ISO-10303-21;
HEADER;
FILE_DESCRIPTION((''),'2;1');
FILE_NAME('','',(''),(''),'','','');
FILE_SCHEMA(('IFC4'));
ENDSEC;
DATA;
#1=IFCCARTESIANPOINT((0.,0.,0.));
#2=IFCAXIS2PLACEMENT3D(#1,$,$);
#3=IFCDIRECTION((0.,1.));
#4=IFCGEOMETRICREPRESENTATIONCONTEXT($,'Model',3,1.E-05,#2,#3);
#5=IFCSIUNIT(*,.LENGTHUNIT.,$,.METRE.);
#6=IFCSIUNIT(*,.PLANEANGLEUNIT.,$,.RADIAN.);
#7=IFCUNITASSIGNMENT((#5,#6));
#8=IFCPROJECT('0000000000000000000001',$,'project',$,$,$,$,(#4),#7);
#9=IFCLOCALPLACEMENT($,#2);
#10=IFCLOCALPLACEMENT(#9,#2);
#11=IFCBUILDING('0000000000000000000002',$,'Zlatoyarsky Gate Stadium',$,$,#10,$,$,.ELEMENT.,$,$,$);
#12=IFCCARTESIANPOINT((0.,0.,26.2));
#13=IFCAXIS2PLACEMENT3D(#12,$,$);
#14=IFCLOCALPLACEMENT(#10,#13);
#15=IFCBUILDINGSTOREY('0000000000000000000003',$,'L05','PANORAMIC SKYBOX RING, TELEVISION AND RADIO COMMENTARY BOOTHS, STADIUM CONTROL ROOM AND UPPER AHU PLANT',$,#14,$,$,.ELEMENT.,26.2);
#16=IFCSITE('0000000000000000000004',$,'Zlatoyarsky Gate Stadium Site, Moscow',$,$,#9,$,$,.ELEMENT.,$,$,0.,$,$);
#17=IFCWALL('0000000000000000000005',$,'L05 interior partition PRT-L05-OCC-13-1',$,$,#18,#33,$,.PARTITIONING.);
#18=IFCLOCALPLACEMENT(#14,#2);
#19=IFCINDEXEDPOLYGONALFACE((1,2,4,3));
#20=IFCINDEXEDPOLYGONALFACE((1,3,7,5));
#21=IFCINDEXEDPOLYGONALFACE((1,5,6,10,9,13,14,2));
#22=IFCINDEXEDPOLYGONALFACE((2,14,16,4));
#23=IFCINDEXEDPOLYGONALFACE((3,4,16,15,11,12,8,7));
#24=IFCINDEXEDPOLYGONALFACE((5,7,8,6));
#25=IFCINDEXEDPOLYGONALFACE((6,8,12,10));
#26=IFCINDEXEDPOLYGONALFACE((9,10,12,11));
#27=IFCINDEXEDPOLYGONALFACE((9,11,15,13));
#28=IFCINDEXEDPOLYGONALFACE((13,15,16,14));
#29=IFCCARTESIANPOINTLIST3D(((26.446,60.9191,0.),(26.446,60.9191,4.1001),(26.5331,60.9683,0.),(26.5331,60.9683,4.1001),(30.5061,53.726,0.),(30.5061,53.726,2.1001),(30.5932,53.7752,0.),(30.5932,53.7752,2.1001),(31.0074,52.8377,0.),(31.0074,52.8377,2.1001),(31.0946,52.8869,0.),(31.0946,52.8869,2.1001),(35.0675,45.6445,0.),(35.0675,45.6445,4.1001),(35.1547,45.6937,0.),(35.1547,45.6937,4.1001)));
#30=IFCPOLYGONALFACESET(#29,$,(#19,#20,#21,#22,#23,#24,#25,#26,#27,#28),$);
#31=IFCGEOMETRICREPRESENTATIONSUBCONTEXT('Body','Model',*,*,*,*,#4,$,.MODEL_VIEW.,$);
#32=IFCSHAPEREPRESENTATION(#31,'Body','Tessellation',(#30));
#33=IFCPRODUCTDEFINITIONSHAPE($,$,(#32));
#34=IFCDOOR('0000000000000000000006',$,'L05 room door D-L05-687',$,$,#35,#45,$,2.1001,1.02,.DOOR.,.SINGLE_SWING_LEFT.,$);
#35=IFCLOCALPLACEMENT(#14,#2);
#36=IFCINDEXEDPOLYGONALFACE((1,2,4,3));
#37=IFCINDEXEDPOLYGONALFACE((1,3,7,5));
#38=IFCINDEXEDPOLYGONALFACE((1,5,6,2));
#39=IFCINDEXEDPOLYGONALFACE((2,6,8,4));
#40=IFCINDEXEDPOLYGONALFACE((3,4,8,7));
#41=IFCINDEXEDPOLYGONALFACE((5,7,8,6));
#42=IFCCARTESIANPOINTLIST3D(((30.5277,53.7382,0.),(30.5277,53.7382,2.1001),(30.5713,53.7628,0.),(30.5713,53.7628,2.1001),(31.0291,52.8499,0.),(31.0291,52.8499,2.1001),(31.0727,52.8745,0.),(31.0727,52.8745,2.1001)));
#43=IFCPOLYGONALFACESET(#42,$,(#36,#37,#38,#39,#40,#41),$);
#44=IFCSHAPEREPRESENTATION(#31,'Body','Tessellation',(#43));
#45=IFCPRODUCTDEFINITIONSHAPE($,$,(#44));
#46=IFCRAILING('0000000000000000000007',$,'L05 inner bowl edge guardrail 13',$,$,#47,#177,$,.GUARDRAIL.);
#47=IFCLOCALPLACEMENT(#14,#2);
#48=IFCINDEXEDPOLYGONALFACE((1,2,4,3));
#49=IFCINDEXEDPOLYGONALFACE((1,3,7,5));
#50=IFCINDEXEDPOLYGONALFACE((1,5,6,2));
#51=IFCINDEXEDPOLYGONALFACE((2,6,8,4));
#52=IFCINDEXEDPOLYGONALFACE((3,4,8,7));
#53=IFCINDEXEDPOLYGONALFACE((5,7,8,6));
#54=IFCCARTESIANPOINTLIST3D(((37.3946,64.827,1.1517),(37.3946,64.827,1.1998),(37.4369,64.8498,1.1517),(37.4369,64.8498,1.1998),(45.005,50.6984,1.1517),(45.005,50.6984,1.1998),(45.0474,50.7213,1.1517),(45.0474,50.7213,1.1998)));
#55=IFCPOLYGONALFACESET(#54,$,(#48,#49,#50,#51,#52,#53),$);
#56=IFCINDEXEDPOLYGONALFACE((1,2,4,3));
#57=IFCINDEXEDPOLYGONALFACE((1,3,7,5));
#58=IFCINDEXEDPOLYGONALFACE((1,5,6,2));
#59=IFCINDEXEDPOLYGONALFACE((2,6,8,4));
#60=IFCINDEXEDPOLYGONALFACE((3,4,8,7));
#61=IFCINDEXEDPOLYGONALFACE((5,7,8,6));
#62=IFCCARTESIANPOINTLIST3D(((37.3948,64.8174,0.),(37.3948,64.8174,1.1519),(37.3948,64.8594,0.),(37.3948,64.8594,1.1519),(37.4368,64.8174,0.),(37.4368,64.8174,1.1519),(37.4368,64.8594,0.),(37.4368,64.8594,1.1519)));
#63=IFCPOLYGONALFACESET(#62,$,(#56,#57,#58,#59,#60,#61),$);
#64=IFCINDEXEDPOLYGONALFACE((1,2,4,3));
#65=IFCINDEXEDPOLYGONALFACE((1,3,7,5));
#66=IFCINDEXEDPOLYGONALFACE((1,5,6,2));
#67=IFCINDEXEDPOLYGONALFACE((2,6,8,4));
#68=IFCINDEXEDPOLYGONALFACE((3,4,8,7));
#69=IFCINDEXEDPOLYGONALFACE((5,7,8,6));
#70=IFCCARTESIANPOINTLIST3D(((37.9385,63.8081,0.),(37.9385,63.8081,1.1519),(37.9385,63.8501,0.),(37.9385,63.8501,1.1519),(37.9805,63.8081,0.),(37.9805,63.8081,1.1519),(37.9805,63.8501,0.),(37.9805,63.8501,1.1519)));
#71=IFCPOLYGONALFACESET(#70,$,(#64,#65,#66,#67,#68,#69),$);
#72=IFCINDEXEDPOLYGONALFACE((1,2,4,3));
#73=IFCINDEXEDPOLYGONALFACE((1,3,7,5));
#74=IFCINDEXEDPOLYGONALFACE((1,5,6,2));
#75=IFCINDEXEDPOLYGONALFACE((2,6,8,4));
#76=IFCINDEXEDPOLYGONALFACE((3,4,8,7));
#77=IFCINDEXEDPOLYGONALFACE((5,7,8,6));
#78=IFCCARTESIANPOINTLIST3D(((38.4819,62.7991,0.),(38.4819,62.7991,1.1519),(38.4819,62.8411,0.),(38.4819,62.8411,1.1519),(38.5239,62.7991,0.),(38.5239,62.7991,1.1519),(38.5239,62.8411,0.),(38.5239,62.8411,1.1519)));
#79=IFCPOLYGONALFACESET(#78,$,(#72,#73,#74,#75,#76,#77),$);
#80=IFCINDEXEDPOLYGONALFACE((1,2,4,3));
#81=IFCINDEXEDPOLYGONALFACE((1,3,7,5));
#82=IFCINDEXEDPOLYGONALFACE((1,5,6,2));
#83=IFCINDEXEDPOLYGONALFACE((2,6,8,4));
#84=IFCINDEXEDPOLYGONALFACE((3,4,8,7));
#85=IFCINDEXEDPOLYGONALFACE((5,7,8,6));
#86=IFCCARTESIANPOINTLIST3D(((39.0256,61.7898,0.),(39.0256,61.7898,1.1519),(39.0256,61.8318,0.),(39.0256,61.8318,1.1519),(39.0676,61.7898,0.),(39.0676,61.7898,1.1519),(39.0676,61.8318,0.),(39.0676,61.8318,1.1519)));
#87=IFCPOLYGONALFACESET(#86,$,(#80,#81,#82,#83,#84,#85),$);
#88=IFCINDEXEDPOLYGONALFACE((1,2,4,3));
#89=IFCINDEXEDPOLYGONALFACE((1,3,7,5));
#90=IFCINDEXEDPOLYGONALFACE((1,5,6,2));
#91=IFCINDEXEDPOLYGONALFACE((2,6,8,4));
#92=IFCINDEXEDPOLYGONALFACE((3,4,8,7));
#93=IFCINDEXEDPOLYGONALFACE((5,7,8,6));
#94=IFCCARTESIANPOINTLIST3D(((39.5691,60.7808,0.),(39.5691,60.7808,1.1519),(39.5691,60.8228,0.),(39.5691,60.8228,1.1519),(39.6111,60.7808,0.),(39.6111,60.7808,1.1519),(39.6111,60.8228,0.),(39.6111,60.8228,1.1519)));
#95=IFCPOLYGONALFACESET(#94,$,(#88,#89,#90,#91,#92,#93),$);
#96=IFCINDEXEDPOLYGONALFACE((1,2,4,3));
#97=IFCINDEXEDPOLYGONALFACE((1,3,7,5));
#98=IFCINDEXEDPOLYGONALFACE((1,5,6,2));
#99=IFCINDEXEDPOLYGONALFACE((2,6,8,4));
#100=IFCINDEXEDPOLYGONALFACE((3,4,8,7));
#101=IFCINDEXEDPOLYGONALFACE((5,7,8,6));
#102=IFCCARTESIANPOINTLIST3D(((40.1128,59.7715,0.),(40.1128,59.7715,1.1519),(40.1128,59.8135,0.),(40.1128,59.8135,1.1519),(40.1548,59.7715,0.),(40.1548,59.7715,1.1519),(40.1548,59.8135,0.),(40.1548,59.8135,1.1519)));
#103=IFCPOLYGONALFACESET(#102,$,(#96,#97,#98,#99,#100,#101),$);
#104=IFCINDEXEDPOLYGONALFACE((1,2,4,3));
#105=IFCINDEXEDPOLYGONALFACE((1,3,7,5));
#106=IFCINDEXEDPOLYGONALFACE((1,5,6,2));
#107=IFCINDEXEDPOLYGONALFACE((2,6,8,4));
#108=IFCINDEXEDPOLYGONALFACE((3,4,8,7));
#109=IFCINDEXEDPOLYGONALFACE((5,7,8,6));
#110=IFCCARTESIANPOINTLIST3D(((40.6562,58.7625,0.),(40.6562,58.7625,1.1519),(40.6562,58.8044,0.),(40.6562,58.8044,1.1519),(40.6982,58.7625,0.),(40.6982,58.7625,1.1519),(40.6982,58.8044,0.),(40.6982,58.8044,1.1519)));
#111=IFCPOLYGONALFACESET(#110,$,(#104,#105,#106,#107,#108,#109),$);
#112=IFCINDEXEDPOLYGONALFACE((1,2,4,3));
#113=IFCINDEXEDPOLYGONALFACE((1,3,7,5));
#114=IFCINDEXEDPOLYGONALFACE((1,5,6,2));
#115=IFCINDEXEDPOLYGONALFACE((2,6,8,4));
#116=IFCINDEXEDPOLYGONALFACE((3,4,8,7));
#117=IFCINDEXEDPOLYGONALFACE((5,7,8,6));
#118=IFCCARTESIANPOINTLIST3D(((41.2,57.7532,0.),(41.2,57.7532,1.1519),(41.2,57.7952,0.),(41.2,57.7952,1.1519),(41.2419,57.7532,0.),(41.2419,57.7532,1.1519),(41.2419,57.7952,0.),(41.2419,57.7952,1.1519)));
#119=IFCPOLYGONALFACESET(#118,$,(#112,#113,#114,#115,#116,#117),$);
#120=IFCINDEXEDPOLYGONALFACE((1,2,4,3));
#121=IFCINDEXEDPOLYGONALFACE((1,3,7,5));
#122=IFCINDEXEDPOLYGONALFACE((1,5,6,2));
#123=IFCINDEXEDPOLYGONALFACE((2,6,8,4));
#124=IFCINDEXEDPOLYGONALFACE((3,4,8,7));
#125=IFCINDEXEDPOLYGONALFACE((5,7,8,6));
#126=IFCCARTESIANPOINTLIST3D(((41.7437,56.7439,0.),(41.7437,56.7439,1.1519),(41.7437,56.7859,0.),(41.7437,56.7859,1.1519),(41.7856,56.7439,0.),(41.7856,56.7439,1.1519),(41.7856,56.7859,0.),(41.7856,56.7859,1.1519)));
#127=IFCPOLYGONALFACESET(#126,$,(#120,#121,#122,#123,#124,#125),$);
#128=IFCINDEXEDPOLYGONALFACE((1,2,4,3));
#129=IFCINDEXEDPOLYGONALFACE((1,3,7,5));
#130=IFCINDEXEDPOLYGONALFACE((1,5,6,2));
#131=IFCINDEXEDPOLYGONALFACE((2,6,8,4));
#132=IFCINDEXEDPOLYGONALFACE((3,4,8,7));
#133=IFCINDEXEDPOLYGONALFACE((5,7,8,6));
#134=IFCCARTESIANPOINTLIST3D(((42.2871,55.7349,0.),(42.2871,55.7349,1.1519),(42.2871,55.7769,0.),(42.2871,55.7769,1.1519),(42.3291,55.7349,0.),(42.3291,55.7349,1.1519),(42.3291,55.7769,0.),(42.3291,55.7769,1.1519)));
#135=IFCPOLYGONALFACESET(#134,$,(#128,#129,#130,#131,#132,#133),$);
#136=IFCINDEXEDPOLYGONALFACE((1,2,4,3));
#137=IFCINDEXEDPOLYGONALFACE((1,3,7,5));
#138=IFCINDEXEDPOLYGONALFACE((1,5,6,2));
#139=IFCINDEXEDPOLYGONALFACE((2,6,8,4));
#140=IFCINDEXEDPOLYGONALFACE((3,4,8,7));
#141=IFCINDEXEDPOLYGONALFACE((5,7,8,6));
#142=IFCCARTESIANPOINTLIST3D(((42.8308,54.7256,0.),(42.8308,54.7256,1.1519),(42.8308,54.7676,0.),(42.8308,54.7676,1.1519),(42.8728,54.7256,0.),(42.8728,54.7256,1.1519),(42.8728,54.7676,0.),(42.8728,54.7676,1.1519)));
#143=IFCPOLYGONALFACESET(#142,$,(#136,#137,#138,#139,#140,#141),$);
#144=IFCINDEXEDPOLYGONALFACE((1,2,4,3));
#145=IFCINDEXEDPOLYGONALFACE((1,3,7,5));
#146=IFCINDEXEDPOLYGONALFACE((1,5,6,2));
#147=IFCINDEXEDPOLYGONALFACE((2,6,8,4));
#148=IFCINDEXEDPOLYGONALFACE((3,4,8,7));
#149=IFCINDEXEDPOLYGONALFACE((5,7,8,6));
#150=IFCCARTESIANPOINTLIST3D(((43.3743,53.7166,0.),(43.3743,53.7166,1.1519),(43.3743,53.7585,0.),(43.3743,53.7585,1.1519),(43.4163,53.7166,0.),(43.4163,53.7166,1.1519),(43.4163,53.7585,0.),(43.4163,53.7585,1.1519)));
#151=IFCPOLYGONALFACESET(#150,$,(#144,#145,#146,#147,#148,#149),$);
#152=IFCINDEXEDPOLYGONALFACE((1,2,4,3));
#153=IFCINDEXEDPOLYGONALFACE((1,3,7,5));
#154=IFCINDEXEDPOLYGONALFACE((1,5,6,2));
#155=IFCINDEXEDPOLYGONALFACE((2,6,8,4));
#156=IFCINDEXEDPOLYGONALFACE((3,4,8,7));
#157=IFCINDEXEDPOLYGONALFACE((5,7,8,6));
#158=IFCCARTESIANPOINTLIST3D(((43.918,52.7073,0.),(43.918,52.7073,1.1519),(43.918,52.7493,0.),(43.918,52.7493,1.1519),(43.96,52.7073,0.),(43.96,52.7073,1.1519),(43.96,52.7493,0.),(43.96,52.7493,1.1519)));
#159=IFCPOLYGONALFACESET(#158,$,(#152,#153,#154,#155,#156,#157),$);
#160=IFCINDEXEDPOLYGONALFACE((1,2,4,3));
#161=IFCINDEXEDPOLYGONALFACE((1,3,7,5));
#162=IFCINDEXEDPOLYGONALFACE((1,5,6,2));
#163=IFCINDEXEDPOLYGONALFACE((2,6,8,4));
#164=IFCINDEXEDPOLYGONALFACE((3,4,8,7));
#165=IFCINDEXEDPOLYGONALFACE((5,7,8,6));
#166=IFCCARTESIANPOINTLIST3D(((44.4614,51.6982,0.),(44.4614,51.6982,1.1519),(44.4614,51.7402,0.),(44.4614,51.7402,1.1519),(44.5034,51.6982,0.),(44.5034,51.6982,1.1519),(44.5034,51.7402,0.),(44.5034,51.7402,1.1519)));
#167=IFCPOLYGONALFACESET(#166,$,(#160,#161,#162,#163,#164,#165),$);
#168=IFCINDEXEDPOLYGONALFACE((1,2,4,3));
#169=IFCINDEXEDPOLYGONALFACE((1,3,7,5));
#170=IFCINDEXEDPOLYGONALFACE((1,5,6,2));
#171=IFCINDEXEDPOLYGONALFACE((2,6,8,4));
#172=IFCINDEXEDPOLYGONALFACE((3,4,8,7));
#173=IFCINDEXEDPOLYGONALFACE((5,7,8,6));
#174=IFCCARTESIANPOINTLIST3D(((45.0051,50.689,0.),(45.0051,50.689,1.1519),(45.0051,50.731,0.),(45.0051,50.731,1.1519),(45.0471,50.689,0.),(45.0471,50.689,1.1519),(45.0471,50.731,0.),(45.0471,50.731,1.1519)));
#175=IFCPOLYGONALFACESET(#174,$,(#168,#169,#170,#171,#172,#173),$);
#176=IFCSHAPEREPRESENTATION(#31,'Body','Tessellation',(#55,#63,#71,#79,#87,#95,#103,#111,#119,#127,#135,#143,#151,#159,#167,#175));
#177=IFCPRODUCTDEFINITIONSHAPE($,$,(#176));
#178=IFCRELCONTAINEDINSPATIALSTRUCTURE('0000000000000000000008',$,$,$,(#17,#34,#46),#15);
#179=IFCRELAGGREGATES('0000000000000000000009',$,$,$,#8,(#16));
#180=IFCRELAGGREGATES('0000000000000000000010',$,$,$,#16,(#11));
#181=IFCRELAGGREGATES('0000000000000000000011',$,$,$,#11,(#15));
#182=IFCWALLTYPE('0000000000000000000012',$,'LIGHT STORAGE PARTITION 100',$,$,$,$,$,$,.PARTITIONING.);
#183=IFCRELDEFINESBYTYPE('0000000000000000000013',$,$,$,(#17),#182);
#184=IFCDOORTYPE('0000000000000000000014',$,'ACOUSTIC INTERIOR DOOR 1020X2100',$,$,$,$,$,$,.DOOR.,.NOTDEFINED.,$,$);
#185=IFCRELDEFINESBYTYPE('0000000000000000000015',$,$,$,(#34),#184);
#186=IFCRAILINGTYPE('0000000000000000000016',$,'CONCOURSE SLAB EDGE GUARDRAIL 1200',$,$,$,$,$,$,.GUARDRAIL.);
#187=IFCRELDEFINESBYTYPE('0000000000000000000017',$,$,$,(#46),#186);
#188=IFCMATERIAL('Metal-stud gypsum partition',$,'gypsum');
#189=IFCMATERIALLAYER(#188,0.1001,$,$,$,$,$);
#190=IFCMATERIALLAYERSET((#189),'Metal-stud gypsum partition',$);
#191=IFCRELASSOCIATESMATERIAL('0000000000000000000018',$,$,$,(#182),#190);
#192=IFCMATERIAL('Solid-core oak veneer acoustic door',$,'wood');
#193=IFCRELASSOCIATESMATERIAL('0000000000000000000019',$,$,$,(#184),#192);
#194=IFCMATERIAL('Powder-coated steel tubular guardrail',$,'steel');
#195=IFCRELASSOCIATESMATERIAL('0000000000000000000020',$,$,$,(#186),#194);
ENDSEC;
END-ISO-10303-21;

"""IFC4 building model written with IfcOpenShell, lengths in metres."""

from ifc_helpers import new_model, si_unit, direction, frame, frame_2d, origin, origin_2d, place, context, subcontext, project, spatial, rectangle, extrude, material, layer, layer_set, type_object, element, fill, save


model = new_model("IFC4")

# Units and contexts
model_context = context("Model", 3, precision=1e-05, world=origin(), true_north=direction((0.0, 1.0)))
body_context = subcontext(model_context, "Body", "Model", "MODEL_VIEW")
ifc_project = project(units=[si_unit("LENGTHUNIT", "METRE"), si_unit("PLANEANGLEUNIT", "RADIAN")], contexts=[model_context])

# Site, building, storey
site_placement = place(None, origin())
site = spatial("IfcSite", under=ifc_project, at=site_placement, Name="Zlatoyarsky Gate Stadium Site, Moscow", CompositionType="ELEMENT", RefElevation=0.0)
building_placement = place(site_placement, origin())
building = spatial("IfcBuilding", under=site, at=building_placement, Name="Zlatoyarsky Gate Stadium", CompositionType="ELEMENT")
storey_placement = place(building_placement, frame((0.0, 0.0, 26.2)))
storey = spatial("IfcBuildingStorey", under=building, at=storey_placement, Name="L05", Description="PANORAMIC SKYBOX RING, TELEVISION AND RADIO COMMENTARY BOOTHS, STADIUM CONTROL ROOM AND UPPER AHU PLANT", CompositionType="ELEMENT", Elevation=26.2)

# Shared definitions
ifc_material_1 = material(Name="Solid-core oak veneer acoustic door", Category="wood")

# Wall, opening, door
ifc_material_2 = material(Name="Metal-stud gypsum partition", Category="gypsum")
ifc_layer_1 = layer(ifc_material_2, 0.1001)
ifc_layer_set_1 = layer_set([ifc_layer_1], Name="Metal-stud gypsum partition")
wall_type_1 = type_object("IfcWallType", Name="LIGHT STORAGE PARTITION 100", PredefinedType="PARTITIONING", material=ifc_layer_set_1)
wall_1_placement = place(storey_placement, frame((26.4895, 60.9438, 0.0), z_axis=(0.0, 0.0, 1.0), x_axis=(0.491542, -0.870854, 0.0)))
wall_1 = element("IfcWall", 1, at=wall_1_placement, inside=storey, type_object=wall_type_1, Name="L05 interior partition PRT-L05-OCC-13-1", PredefinedType="PARTITIONING", context=body_context, shape_type="SweptSolid", body=[
    extrude(rectangle(XDim=17.5398, YDim=0.1001, at=frame_2d((8.77, 0.0))), origin(), (0.0, 0.0, 1.0), 4.1001),
])
opening_1_placement = place(wall_1_placement, frame((8.26, 0.0, 0.0)))
opening_1 = element("IfcOpeningElement", 2, at=opening_1_placement, cuts=wall_1, PredefinedType="OPENING", context=body_context, shape_type="SweptSolid", body=[
    extrude(rectangle(XDim=1.02, YDim=2.1001, at=frame_2d((0.51, 1.05))), frame((0.0, 0.0601, 0.0), z_axis=(0.0, -1.0, 0.0), x_axis=(1.0, 0.0, 0.0)), (0.0, 0.0, 1.0), 0.1201),
])
door_type_1 = type_object("IfcDoorType", Name="ACOUSTIC INTERIOR DOOR 1020X2100", OperationType="NOTDEFINED", PredefinedType="DOOR", material=ifc_material_1)
door_1_placement = place(opening_1_placement, origin())
door_1 = element("IfcDoor", 3, at=door_1_placement, inside=storey, type_object=door_type_1, Name="L05 room door D-L05-687", OperationType="SINGLE_SWING_LEFT", OverallHeight=2.1001, OverallWidth=1.02, PredefinedType="DOOR", context=body_context, shape_type="SweptSolid", body=[
    extrude(rectangle(XDim=1.02, YDim=2.1001, at=frame_2d((0.51, 1.05))), frame((0.0, 0.0249, 0.0), z_axis=(0.0, -1.0, 0.0), x_axis=(1.0, 0.0, 0.0)), (0.0, 0.0, 1.0), 0.05),
])
fill(opening_1, door_1)

# Railing
ifc_material_3 = material(Name="Powder-coated steel tubular guardrail", Category="steel")
railing_type = type_object("IfcRailingType", Name="CONCOURSE SLAB EDGE GUARDRAIL 1200", PredefinedType="GUARDRAIL", material=ifc_material_3)
railing_1_placement = place(storey_placement, frame((37.4158, 64.8384, 0.0)))
element("IfcRailing", 4, at=railing_1_placement, inside=storey, type_object=railing_type, Name="L05 inner bowl edge guardrail 13", PredefinedType="GUARDRAIL", context=body_context, shape_type="SweptSolid", body=[
    extrude(rectangle(XDim=0.0481, YDim=0.0481, at=origin_2d()), frame((0.0, 0.0, 1.1758), z_axis=(0.474232, -0.8804, 0.0), x_axis=(0.8804, 0.474232, 0.0)), (0.0, 0.0, 1.0), 16.0479),
    extrude(rectangle(XDim=0.042, YDim=0.042, at=origin_2d()), origin(), (0.0, 0.0, 1.0), 1.1519),
    extrude(rectangle(XDim=0.042, YDim=0.042, at=origin_2d()), frame((0.5437, -1.0093, 0.0)), (0.0, 0.0, 1.0), 1.1519),
    extrude(rectangle(XDim=0.042, YDim=0.042, at=origin_2d()), frame((1.0872, -2.0183, 0.0)), (0.0, 0.0, 1.0), 1.1519),
    extrude(rectangle(XDim=0.042, YDim=0.042, at=origin_2d()), frame((1.6309, -3.0276, 0.0)), (0.0, 0.0, 1.0), 1.1519),
    extrude(rectangle(XDim=0.042, YDim=0.042, at=origin_2d()), frame((2.1743, -4.0366, 0.0)), (0.0, 0.0, 1.0), 1.1519),
    extrude(rectangle(XDim=0.042, YDim=0.042, at=origin_2d()), frame((2.718, -5.0459, 0.0)), (0.0, 0.0, 1.0), 1.1519),
    extrude(rectangle(XDim=0.042, YDim=0.042, at=origin_2d()), frame((3.2615, -6.0549, 0.0)), (0.0, 0.0, 1.0), 1.1519),
    extrude(rectangle(XDim=0.042, YDim=0.042, at=origin_2d()), frame((3.8052, -7.0642, 0.0)), (0.0, 0.0, 1.0), 1.1519),
    extrude(rectangle(XDim=0.042, YDim=0.042, at=origin_2d()), frame((4.3489, -8.0735, 0.0)), (0.0, 0.0, 1.0), 1.1519),
    extrude(rectangle(XDim=0.042, YDim=0.042, at=origin_2d()), frame((4.8923, -9.0825, 0.0)), (0.0, 0.0, 1.0), 1.1519),
    extrude(rectangle(XDim=0.042, YDim=0.042, at=origin_2d()), frame((5.436, -10.0918, 0.0)), (0.0, 0.0, 1.0), 1.1519),
    extrude(rectangle(XDim=0.042, YDim=0.042, at=origin_2d()), frame((5.9795, -11.1008, 0.0)), (0.0, 0.0, 1.0), 1.1519),
    extrude(rectangle(XDim=0.042, YDim=0.042, at=origin_2d()), frame((6.5232, -12.1101, 0.0)), (0.0, 0.0, 1.0), 1.1519),
    extrude(rectangle(XDim=0.042, YDim=0.042, at=origin_2d()), frame((7.0667, -13.1191, 0.0)), (0.0, 0.0, 1.0), 1.1519),
    extrude(rectangle(XDim=0.042, YDim=0.042, at=origin_2d()), frame((7.6104, -14.1284, 0.0)), (0.0, 0.0, 1.0), 1.1519),
])

save(model, "model.ifc")
